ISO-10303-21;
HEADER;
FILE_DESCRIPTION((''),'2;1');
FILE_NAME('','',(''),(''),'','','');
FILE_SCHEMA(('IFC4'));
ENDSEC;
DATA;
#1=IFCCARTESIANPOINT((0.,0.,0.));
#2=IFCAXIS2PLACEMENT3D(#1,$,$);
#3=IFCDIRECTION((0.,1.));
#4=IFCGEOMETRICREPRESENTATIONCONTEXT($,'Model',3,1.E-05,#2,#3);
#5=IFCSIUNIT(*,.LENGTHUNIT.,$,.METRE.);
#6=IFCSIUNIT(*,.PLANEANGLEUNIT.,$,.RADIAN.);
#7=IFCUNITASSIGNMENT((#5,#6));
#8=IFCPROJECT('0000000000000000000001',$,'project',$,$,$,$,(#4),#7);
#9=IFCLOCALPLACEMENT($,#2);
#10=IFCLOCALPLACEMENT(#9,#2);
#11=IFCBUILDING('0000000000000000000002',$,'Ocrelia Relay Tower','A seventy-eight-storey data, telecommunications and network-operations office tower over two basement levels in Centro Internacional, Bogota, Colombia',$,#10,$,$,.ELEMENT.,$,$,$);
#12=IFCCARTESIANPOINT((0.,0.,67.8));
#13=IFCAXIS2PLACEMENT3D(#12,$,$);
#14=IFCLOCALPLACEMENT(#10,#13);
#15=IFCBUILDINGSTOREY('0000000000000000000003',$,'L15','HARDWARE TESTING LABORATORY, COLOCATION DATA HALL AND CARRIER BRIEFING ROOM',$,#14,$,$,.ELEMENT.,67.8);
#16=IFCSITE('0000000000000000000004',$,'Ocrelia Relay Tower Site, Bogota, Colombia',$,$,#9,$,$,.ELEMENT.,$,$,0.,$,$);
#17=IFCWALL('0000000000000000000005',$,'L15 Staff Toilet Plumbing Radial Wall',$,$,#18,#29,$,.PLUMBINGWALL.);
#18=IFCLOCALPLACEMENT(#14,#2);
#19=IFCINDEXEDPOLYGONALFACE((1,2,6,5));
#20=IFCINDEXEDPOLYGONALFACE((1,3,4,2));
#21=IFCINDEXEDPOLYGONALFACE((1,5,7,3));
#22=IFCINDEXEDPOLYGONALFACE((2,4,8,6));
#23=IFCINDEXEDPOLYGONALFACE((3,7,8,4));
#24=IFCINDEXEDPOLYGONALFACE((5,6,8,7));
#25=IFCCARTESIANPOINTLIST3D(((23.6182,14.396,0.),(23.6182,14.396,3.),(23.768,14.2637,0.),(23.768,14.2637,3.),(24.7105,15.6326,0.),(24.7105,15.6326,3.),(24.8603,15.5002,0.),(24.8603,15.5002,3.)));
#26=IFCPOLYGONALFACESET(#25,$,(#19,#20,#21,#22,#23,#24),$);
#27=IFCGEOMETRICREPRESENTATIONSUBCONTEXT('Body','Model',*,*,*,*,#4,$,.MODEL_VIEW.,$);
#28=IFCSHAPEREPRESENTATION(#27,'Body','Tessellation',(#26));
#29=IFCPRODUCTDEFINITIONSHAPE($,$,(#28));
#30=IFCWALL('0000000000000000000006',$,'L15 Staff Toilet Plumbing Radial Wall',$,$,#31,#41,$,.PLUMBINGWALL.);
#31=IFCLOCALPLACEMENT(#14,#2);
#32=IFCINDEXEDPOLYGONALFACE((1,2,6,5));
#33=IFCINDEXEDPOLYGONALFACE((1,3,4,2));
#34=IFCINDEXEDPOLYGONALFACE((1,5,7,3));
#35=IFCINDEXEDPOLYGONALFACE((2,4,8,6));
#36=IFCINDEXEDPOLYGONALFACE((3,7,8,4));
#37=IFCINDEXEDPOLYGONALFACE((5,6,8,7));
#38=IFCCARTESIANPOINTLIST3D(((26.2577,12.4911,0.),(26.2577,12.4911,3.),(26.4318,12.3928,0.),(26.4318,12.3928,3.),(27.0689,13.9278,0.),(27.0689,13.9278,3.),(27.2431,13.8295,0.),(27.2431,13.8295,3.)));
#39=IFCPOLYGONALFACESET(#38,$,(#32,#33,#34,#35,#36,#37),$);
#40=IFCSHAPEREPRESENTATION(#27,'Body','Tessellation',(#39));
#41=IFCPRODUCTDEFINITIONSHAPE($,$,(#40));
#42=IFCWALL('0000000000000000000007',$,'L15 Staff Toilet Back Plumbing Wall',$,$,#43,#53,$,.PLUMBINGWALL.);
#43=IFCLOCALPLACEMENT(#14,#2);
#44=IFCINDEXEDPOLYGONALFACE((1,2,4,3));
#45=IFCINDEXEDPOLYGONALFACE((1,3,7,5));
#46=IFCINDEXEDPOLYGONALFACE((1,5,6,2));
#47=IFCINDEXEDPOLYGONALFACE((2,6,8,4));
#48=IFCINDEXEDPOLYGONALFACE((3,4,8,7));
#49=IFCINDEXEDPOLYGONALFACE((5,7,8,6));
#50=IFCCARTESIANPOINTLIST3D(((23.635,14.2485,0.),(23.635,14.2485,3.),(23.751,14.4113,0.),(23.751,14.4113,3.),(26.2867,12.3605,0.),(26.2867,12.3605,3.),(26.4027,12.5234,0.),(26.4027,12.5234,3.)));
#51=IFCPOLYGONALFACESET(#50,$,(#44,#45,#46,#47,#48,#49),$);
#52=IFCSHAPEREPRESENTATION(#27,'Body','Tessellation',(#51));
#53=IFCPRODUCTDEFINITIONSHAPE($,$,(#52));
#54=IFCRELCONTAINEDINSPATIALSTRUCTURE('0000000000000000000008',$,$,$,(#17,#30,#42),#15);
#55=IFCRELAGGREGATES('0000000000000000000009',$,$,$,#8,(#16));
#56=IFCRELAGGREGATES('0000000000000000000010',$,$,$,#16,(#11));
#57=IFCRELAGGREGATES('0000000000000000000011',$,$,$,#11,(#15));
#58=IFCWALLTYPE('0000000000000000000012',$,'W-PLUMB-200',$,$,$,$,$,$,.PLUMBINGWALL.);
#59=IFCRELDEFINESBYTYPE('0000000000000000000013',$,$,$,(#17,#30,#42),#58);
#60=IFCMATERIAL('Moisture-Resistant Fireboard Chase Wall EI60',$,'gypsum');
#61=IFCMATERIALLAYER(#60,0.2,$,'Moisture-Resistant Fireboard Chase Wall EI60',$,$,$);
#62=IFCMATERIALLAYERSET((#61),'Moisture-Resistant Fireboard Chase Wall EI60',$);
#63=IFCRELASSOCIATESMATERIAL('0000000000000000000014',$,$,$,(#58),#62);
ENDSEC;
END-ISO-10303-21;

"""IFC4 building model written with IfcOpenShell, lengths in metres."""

from ifc_helpers import new_model, si_unit, direction, frame, frame_2d, origin, place, context, subcontext, project, spatial, rectangle, extrude, material, layer, layer_set, type_object, element, save


model = new_model("IFC4")

# Units and contexts
model_context = context("Model", 3, precision=1e-05, world=origin(), true_north=direction((0.0, 1.0)))
body_context = subcontext(model_context, "Body", "Model", "MODEL_VIEW")
ifc_project = project(units=[si_unit("LENGTHUNIT", "METRE"), si_unit("PLANEANGLEUNIT", "RADIAN")], contexts=[model_context])

# Site, building, storey
site_placement = place(None, origin())
site = spatial("IfcSite", under=ifc_project, at=site_placement, Name="Ocrelia Relay Tower Site, Bogota, Colombia", CompositionType="ELEMENT", RefElevation=0.0)
building_placement = place(site_placement, origin())
building = spatial("IfcBuilding", under=site, at=building_placement, Name="Ocrelia Relay Tower", Description="A seventy-eight-storey data, telecommunications and network-operations office tower over two basement levels in Centro Internacional, Bogota, Colombia", CompositionType="ELEMENT")
storey_placement = place(building_placement, frame((0.0, 0.0, 67.8)))
storey = spatial("IfcBuildingStorey", under=building, at=storey_placement, Name="L15", Description="HARDWARE TESTING LABORATORY, COLOCATION DATA HALL AND CARRIER BRIEFING ROOM", CompositionType="ELEMENT", Elevation=67.8)

# Walls
ifc_material_1 = material(Name="Moisture-Resistant Fireboard Chase Wall EI60", Category="gypsum")
ifc_layer_1 = layer(ifc_material_1, 0.2, Name="Moisture-Resistant Fireboard Chase Wall EI60")
ifc_layer_set_1 = layer_set([ifc_layer_1], Name="Moisture-Resistant Fireboard Chase Wall EI60")
wall_type_1 = type_object("IfcWallType", Name="W-PLUMB-200", PredefinedType="PLUMBINGWALL", material=ifc_layer_set_1)
for number, where, z_axis, x_axis, name in (
    (1, (24.7854, 15.5664, 0.0), (0.0, 0.0, 1.0), (-0.662028, -0.749479, 0.0), "L15 Staff Toilet Plumbing Radial Wall"),
    (2, (27.156, 13.8787, 0.0), (0.0, 0.0, 1.0), (-0.491687, -0.870772, 0.0), "L15 Staff Toilet Plumbing Radial Wall"),
):
    element("IfcWall", number, at=place(storey_placement, frame(where, z_axis=z_axis, x_axis=x_axis)), inside=storey, type_object=wall_type_1, Name=name, PredefinedType="PLUMBINGWALL", context=body_context, shape_type="SweptSolid", body=[
        extrude(rectangle(XDim=1.6499, YDim=0.2, at=frame_2d((0.825, 0.0))), origin(), (0.0, 0.0, 1.0), 3.0),
    ])
wall_1_placement = place(storey_placement, frame((23.6931, 14.3298, 0.0), z_axis=(0.0, 0.0, 1.0), x_axis=(0.814614, -0.580003, 0.0)))
element("IfcWall", 3, at=wall_1_placement, inside=storey, type_object=wall_type_1, Name="L15 Staff Toilet Back Plumbing Wall", PredefinedType="PLUMBINGWALL", context=body_context, shape_type="SweptSolid", body=[
    extrude(rectangle(XDim=3.2551, YDim=0.2, at=frame_2d((1.6274, 0.0))), origin(), (0.0, 0.0, 1.0), 3.0),
])

save(model, "model.ifc")
